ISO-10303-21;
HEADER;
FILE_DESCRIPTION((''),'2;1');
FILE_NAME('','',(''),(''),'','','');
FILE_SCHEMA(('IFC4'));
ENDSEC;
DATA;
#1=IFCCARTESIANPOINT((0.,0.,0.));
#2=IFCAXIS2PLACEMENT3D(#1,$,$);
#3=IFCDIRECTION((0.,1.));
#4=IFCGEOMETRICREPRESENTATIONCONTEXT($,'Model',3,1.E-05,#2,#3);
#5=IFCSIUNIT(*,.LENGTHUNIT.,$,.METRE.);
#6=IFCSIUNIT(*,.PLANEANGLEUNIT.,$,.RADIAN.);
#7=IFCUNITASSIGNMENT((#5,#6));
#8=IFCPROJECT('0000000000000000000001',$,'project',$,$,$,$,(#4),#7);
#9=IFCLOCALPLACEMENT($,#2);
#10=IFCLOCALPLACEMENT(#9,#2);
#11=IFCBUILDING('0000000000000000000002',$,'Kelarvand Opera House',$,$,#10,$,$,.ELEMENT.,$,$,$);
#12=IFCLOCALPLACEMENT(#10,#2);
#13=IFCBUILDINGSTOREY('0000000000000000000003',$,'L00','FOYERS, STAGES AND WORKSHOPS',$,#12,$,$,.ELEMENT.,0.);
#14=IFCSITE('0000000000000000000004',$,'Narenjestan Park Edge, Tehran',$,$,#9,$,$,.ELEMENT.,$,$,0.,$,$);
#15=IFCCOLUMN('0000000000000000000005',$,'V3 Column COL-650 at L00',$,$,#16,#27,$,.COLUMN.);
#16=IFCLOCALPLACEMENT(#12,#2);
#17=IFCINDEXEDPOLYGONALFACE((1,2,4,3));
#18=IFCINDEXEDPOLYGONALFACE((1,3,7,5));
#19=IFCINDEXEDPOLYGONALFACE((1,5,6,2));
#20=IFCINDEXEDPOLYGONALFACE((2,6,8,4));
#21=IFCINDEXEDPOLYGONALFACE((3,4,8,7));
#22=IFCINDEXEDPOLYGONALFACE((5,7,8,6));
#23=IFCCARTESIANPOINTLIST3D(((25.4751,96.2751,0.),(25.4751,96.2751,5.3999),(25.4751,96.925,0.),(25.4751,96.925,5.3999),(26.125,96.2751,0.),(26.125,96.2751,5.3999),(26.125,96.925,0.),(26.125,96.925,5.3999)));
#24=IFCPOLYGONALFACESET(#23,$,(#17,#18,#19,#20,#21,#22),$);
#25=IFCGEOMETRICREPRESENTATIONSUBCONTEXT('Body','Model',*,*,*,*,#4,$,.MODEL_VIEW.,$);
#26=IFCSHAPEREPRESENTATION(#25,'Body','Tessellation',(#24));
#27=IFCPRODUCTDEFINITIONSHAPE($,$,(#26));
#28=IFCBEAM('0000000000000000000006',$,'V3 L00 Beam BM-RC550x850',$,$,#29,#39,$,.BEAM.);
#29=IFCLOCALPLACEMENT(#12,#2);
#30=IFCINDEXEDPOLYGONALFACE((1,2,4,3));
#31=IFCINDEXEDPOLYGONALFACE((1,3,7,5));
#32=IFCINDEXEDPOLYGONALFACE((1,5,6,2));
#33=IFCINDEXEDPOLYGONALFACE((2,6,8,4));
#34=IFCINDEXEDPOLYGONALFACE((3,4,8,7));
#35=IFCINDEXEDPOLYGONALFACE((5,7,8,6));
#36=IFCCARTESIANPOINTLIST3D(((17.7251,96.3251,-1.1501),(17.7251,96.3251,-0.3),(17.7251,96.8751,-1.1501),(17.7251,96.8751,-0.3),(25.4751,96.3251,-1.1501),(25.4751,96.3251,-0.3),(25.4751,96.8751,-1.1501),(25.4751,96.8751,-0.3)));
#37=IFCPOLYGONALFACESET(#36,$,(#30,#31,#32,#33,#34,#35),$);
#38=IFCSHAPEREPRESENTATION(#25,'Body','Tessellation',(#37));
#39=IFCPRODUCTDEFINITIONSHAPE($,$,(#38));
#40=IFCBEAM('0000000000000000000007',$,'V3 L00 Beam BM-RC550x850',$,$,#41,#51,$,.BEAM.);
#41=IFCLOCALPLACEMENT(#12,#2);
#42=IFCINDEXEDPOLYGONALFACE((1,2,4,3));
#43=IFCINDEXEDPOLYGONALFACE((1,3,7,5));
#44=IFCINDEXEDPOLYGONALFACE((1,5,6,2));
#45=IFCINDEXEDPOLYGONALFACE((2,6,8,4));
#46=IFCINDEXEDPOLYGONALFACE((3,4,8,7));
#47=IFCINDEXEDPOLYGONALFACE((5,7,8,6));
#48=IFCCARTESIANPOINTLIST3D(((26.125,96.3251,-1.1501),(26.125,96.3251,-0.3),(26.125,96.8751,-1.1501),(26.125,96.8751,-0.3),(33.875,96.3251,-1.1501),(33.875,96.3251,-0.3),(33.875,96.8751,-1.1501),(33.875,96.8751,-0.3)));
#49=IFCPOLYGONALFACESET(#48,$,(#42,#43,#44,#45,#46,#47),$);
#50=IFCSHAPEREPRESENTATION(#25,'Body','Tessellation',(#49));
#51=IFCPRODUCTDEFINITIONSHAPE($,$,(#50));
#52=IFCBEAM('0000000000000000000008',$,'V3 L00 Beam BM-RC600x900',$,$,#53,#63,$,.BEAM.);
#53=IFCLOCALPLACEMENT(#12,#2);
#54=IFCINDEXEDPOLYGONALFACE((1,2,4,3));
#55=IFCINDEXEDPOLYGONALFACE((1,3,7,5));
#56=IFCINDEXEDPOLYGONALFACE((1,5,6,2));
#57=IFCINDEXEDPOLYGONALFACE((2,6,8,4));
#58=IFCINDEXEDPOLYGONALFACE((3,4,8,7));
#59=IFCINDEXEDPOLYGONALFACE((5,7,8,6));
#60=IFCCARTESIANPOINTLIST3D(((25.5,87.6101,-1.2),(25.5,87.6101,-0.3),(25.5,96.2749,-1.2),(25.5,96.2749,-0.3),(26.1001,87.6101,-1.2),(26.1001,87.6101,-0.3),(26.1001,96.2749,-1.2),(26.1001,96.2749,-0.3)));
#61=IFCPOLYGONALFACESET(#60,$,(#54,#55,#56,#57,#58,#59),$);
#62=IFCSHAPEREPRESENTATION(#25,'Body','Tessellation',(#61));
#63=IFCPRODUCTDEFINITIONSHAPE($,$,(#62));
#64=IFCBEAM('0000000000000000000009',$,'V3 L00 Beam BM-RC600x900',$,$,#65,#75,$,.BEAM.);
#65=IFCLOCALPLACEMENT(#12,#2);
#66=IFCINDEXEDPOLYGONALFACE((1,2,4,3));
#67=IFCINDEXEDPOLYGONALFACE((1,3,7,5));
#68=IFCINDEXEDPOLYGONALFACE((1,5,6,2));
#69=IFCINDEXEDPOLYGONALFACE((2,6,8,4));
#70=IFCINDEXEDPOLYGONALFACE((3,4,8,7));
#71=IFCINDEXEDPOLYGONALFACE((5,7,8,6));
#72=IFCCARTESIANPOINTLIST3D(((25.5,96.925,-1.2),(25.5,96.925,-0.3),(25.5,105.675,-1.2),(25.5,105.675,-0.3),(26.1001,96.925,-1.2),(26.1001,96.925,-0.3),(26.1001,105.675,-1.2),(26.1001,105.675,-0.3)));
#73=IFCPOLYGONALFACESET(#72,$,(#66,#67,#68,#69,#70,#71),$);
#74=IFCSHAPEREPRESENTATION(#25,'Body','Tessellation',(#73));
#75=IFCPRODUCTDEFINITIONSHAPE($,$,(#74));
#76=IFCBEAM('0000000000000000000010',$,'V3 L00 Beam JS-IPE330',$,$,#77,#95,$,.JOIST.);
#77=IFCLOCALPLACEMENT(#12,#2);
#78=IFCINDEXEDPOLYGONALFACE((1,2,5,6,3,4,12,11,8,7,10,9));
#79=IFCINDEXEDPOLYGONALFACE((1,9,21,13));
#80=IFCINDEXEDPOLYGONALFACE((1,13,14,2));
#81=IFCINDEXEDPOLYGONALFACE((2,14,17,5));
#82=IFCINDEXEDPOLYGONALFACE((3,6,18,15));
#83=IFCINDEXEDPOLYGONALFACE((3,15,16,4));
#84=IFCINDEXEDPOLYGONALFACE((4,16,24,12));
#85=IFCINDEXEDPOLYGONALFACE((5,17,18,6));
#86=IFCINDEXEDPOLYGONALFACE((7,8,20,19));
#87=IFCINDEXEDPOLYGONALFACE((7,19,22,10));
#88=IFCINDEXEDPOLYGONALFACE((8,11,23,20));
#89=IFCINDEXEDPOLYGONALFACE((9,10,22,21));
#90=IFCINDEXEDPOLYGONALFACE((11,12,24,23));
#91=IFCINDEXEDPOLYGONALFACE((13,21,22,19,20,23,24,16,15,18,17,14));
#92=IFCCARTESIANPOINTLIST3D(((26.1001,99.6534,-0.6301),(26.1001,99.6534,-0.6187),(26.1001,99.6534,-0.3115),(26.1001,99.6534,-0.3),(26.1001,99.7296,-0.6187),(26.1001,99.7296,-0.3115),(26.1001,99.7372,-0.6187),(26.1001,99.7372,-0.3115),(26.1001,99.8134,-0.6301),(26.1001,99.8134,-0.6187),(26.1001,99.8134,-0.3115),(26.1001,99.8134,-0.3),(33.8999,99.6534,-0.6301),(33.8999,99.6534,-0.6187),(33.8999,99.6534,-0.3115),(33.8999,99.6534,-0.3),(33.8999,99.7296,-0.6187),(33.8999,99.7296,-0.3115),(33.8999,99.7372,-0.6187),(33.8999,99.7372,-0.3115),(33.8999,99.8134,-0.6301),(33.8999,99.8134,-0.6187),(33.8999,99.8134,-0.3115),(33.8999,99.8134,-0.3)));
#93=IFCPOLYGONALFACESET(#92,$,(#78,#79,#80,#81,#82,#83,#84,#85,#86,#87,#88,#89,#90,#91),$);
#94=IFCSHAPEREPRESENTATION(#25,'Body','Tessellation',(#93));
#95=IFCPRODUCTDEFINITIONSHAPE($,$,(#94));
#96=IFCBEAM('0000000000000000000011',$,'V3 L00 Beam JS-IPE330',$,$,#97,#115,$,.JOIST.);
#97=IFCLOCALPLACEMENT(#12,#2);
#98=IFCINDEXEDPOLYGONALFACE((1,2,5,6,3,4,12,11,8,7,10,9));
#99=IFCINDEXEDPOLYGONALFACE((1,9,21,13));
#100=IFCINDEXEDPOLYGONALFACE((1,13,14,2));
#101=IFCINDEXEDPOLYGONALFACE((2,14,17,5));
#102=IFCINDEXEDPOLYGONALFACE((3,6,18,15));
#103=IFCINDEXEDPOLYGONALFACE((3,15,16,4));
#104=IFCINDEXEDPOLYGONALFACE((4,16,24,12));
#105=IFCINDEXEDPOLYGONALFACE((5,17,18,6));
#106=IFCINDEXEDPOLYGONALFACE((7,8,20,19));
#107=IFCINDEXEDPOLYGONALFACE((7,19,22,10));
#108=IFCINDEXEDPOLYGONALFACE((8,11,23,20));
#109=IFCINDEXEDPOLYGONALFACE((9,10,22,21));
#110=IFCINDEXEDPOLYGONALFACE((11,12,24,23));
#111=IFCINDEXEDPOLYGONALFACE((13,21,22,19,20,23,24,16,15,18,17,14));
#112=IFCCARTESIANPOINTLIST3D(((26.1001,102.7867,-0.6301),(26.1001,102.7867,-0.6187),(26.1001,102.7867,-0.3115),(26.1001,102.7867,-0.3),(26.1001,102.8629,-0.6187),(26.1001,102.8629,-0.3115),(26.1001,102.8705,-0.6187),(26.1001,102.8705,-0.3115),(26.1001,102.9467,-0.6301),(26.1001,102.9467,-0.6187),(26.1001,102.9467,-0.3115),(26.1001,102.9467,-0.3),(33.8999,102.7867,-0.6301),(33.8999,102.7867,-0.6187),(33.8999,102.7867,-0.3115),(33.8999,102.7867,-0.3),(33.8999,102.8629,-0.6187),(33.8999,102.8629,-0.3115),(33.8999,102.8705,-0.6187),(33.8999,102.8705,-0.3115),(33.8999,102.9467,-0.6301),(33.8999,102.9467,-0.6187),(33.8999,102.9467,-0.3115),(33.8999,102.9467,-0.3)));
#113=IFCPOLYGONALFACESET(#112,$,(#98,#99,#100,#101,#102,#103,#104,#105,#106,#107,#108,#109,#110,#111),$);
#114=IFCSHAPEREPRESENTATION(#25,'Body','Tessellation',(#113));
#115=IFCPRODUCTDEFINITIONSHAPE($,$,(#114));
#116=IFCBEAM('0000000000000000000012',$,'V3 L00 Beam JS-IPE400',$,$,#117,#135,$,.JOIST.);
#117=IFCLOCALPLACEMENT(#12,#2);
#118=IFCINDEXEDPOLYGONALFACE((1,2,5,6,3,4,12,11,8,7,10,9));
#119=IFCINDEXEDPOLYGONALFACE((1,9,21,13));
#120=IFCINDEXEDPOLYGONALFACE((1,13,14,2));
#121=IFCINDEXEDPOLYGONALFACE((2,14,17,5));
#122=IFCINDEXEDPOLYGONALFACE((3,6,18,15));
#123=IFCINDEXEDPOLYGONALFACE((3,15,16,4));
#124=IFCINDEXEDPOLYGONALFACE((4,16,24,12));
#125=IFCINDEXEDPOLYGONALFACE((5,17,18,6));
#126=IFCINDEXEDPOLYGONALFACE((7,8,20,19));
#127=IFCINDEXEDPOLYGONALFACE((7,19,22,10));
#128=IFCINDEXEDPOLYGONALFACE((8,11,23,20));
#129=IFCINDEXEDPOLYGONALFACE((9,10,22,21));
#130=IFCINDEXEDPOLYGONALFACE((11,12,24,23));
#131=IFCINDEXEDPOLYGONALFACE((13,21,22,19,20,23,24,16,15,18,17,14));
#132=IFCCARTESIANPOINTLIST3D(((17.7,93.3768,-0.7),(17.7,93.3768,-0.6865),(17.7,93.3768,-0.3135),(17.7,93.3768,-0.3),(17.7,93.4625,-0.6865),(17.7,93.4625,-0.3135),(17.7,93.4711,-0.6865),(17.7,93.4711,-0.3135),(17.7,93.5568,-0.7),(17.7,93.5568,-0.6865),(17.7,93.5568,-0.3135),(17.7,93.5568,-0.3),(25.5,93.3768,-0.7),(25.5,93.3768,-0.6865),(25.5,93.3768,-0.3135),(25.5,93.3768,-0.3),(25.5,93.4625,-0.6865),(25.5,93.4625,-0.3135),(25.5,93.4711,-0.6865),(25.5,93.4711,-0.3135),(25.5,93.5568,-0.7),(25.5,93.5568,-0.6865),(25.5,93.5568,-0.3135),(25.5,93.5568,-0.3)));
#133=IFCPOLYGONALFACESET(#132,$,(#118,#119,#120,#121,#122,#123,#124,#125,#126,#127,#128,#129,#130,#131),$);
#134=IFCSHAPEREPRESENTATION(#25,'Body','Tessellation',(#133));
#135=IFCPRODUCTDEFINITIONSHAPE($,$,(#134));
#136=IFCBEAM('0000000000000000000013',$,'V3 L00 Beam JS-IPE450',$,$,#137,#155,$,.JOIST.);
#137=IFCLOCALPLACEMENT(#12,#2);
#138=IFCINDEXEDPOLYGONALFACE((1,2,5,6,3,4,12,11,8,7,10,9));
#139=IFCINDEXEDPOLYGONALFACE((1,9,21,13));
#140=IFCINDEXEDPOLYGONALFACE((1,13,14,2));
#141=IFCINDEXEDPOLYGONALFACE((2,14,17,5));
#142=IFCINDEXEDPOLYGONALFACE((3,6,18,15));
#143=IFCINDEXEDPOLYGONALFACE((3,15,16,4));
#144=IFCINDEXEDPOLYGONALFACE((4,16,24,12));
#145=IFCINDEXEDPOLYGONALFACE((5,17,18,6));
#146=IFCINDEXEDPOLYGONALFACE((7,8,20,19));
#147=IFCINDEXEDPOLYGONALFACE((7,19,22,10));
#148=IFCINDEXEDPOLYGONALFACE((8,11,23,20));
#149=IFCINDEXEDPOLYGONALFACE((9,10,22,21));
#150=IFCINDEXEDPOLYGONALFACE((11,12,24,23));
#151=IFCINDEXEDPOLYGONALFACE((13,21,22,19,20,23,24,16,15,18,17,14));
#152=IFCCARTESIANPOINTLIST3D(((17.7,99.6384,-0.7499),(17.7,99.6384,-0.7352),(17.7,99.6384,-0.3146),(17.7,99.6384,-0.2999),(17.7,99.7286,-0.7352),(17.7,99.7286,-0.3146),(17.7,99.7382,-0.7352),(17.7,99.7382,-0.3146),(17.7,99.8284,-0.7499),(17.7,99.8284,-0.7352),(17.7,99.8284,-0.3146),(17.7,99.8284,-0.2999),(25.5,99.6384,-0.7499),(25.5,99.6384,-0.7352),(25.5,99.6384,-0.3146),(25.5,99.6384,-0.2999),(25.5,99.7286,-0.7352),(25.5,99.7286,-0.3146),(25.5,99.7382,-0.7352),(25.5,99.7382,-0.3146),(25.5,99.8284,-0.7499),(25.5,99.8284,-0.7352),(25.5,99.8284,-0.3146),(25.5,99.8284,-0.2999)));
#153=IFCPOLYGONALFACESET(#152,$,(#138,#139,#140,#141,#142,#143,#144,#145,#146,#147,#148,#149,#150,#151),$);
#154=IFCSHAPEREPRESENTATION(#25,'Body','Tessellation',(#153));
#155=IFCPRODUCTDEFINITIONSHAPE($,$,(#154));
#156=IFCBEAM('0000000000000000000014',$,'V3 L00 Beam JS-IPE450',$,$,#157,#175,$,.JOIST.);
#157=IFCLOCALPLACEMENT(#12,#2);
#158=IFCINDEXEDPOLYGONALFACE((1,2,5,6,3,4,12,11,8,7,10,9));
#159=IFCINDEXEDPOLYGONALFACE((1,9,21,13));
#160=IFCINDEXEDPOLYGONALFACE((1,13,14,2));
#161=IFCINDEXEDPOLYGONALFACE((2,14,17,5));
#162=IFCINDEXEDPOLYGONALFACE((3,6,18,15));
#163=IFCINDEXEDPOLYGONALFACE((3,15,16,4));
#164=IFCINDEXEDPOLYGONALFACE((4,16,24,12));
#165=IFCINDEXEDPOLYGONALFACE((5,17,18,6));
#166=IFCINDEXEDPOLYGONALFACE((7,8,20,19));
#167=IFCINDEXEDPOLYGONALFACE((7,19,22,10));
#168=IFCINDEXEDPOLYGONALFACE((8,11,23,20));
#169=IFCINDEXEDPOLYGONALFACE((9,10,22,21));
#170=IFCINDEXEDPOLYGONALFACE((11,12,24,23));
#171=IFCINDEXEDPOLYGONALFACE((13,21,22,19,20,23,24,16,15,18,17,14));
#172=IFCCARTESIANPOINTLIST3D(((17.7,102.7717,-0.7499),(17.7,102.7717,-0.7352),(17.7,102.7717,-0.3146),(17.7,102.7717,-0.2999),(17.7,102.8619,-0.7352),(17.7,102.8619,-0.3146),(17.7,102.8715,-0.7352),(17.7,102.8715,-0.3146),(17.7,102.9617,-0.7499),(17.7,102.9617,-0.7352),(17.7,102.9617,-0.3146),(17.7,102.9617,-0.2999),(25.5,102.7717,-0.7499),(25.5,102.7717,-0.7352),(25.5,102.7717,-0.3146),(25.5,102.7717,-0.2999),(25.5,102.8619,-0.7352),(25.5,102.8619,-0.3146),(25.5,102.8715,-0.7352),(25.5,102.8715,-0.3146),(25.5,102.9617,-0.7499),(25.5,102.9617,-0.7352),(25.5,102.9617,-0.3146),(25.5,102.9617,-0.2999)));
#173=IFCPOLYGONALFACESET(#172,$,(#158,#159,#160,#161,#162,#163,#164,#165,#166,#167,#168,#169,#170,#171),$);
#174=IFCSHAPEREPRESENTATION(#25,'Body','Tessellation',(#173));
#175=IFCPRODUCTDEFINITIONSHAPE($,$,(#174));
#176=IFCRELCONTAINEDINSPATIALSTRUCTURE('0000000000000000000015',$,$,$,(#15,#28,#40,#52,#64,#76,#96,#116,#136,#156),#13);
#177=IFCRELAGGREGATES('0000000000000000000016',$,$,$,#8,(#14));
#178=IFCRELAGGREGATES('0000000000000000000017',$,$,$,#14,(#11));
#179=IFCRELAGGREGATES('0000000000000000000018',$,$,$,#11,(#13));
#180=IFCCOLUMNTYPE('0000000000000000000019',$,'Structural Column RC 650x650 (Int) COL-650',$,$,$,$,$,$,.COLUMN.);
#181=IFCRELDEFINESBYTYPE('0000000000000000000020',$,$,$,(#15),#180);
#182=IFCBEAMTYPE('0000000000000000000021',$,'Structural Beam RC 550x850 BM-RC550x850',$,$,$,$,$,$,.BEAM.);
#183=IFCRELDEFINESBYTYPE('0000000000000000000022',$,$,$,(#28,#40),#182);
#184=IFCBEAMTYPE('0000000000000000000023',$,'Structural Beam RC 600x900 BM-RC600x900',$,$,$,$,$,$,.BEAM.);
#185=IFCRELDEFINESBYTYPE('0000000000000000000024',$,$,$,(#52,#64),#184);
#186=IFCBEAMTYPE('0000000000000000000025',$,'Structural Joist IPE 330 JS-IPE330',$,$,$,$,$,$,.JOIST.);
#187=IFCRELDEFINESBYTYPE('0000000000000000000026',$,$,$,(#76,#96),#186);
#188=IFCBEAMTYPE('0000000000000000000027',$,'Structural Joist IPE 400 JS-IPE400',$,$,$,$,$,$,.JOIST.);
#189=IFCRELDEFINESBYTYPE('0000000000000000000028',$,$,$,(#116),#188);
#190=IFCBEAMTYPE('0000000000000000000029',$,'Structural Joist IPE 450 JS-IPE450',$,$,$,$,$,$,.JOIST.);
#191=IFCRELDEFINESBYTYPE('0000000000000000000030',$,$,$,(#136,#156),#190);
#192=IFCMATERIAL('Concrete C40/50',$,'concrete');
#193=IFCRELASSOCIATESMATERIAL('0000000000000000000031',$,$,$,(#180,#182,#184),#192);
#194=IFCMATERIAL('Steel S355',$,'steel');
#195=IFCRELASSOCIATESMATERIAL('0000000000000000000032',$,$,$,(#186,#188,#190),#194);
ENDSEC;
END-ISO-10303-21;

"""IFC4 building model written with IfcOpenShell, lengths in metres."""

from ifc_helpers import new_model, si_unit, direction, frame, origin, origin_2d, place, context, subcontext, project, spatial, rectangle, i_section, extrude, material, material_profile, profile_set, type_object, element, save


model = new_model("IFC4")

# Units and contexts
model_context = context("Model", 3, precision=1e-05, world=origin(), true_north=direction((0.0, 1.0)))
body_context = subcontext(model_context, "Body", "Model", "MODEL_VIEW")
ifc_project = project(units=[si_unit("LENGTHUNIT", "METRE"), si_unit("PLANEANGLEUNIT", "RADIAN")], contexts=[model_context])

# Site, building, storey
site_placement = place(None, origin())
site = spatial("IfcSite", under=ifc_project, at=site_placement, Name="Narenjestan Park Edge, Tehran", CompositionType="ELEMENT", RefElevation=0.0)
building_placement = place(site_placement, origin())
building = spatial("IfcBuilding", under=site, at=building_placement, Name="Kelarvand Opera House", CompositionType="ELEMENT")
storey_placement = place(building_placement, origin())
storey = spatial("IfcBuildingStorey", under=building, at=storey_placement, Name="L00", Description="FOYERS, STAGES AND WORKSHOPS", CompositionType="ELEMENT", Elevation=0.0)

# Column
ifc_material_1 = material(Name="Concrete C40/50", Category="concrete")
ifc_material_profile_1 = material_profile(ifc_material_1, rectangle(XDim=0.6499, YDim=0.6499, at=origin_2d()), Name="RC 650x650", Category="concrete")
ifc_profile_set_1 = profile_set([ifc_material_profile_1], Name="Concrete C40/50")
column_type = type_object("IfcColumnType", Name="Structural Column RC 650x650 (Int) COL-650", PredefinedType="COLUMN", material=ifc_profile_set_1)
column_placement = place(storey_placement, frame((25.8, 96.6001, 0.0), z_axis=(0.0, 0.0, 1.0), x_axis=(1.0, 0.0, 0.0)))
element("IfcColumn", 1, at=column_placement, inside=storey, type_object=column_type, Name="V3 Column COL-650 at L00", PredefinedType="COLUMN", context=body_context, shape_type="SweptSolid", body=[
    extrude(rectangle(XDim=0.6499, YDim=0.6499, at=origin_2d()), origin(), (0.0, 0.0, 1.0), 5.3999),
])

# Beams
ifc_material_profile_2 = material_profile(ifc_material_1, rectangle(XDim=0.55, YDim=0.8501, at=origin_2d()), Name="RC 550x850", Category="concrete")
ifc_profile_set_2 = profile_set([ifc_material_profile_2], Name="Concrete C40/50")
beam_type_1 = type_object("IfcBeamType", Name="Structural Beam RC 550x850 BM-RC550x850", PredefinedType="BEAM", material=ifc_profile_set_2)
for number, where, z_axis, x_axis, name in (
    (2, (17.7251, 96.6001, -0.7251), (1.0, 0.0, 0.0), (0.0, 1.0, 0.0), "V3 L00 Beam BM-RC550x850"),
    (3, (26.125, 96.6001, -0.7251), (1.0, 0.0, 0.0), (0.0, 1.0, 0.0), "V3 L00 Beam BM-RC550x850"),
):
    element("IfcBeam", number, at=place(storey_placement, frame(where, z_axis=z_axis, x_axis=x_axis)), inside=storey, type_object=beam_type_1, Name=name, PredefinedType="BEAM", context=body_context, shape_type="SweptSolid", body=[
        extrude(rectangle(XDim=0.55, YDim=0.8501, at=origin_2d()), origin(), (0.0, 0.0, 1.0), 7.75),
    ])
ifc_material_profile_3 = material_profile(ifc_material_1, rectangle(XDim=0.6001, YDim=0.8999, at=origin_2d()), Name="RC 600x900", Category="concrete")
ifc_profile_set_3 = profile_set([ifc_material_profile_3], Name="Concrete C40/50")
beam_type_2 = type_object("IfcBeamType", Name="Structural Beam RC 600x900 BM-RC600x900", PredefinedType="BEAM", material=ifc_profile_set_3)
beam_1_placement = place(storey_placement, frame((25.8, 87.6101, -0.75), z_axis=(0.0, 1.0, 0.0), x_axis=(-1.0, 0.0, 0.0)))
element("IfcBeam", 4, at=beam_1_placement, inside=storey, type_object=beam_type_2, Name="V3 L00 Beam BM-RC600x900", PredefinedType="BEAM", context=body_context, shape_type="SweptSolid", body=[
    extrude(rectangle(XDim=0.6001, YDim=0.8999, at=origin_2d()), origin(), (0.0, 0.0, 1.0), 8.6648),
])
beam_2_placement = place(storey_placement, frame((25.8, 96.925, -0.75), z_axis=(0.0, 1.0, 0.0), x_axis=(-1.0, 0.0, 0.0)))
element("IfcBeam", 5, at=beam_2_placement, inside=storey, type_object=beam_type_2, Name="V3 L00 Beam BM-RC600x900", PredefinedType="BEAM", context=body_context, shape_type="SweptSolid", body=[
    extrude(rectangle(XDim=0.6001, YDim=0.8999, at=origin_2d()), origin(), (0.0, 0.0, 1.0), 8.75),
])
ifc_material_2 = material(Name="Steel S355", Category="steel")
ifc_material_profile_4 = material_profile(ifc_material_2, i_section(OverallWidth=0.1599, OverallDepth=0.3301, WebThickness=0.0076, FlangeThickness=0.0115, at=origin_2d()), Name="IPE 330", Category="steel")
ifc_profile_set_4 = profile_set([ifc_material_profile_4], Name="Steel S355")
beam_type_3 = type_object("IfcBeamType", Name="Structural Joist IPE 330 JS-IPE330", PredefinedType="JOIST", material=ifc_profile_set_4)
for number, where, z_axis, x_axis, name in (
    (6, (26.1001, 99.7334, -0.4651), (1.0, 0.0, 0.0), (0.0, 1.0, 0.0), "V3 L00 Beam JS-IPE330"),
    (7, (26.1001, 102.8667, -0.4651), (1.0, 0.0, 0.0), (0.0, 1.0, 0.0), "V3 L00 Beam JS-IPE330"),
):
    element("IfcBeam", number, at=place(storey_placement, frame(where, z_axis=z_axis, x_axis=x_axis)), inside=storey, type_object=beam_type_3, Name=name, PredefinedType="JOIST", context=body_context, shape_type="SweptSolid", body=[
        extrude(i_section(OverallWidth=0.1599, OverallDepth=0.3301, WebThickness=0.0076, FlangeThickness=0.0115, at=origin_2d()), origin(), (0.0, 0.0, 1.0), 7.7998),
    ])
ifc_material_profile_5 = material_profile(ifc_material_2, i_section(OverallWidth=0.1799, OverallDepth=0.3999, WebThickness=0.0085, FlangeThickness=0.0134, at=origin_2d()), Name="IPE 400", Category="steel")
ifc_profile_set_5 = profile_set([ifc_material_profile_5], Name="Steel S355")
beam_type_4 = type_object("IfcBeamType", Name="Structural Joist IPE 400 JS-IPE400", PredefinedType="JOIST", material=ifc_profile_set_5)
beam_3_placement = place(storey_placement, frame((17.7, 93.4668, -0.5), z_axis=(1.0, 0.0, 0.0), x_axis=(0.0, 1.0, 0.0)))
element("IfcBeam", 8, at=beam_3_placement, inside=storey, type_object=beam_type_4, Name="V3 L00 Beam JS-IPE400", PredefinedType="JOIST", context=body_context, shape_type="SweptSolid", body=[
    extrude(i_section(OverallWidth=0.1799, OverallDepth=0.3999, WebThickness=0.0085, FlangeThickness=0.0134, at=origin_2d()), origin(), (0.0, 0.0, 1.0), 7.8),
])
ifc_material_profile_6 = material_profile(ifc_material_2, i_section(OverallWidth=0.1899, OverallDepth=0.45, WebThickness=0.0095, FlangeThickness=0.0146, at=origin_2d()), Name="IPE 450", Category="steel")
ifc_profile_set_6 = profile_set([ifc_material_profile_6], Name="Steel S355")
beam_type_5 = type_object("IfcBeamType", Name="Structural Joist IPE 450 JS-IPE450", PredefinedType="JOIST", material=ifc_profile_set_6)
for number, where, z_axis, x_axis, name in (
    (9, (17.7, 99.7334, -0.5249), (1.0, 0.0, 0.0), (0.0, 1.0, 0.0), "V3 L00 Beam JS-IPE450"),
    (10, (17.7, 102.8667, -0.5249), (1.0, 0.0, 0.0), (0.0, 1.0, 0.0), "V3 L00 Beam JS-IPE450"),
):
    element("IfcBeam", number, at=place(storey_placement, frame(where, z_axis=z_axis, x_axis=x_axis)), inside=storey, type_object=beam_type_5, Name=name, PredefinedType="JOIST", context=body_context, shape_type="SweptSolid", body=[
        extrude(i_section(OverallWidth=0.1899, OverallDepth=0.45, WebThickness=0.0095, FlangeThickness=0.0146, at=origin_2d()), origin(), (0.0, 0.0, 1.0), 7.8),
    ])

save(model, "model.ifc")
